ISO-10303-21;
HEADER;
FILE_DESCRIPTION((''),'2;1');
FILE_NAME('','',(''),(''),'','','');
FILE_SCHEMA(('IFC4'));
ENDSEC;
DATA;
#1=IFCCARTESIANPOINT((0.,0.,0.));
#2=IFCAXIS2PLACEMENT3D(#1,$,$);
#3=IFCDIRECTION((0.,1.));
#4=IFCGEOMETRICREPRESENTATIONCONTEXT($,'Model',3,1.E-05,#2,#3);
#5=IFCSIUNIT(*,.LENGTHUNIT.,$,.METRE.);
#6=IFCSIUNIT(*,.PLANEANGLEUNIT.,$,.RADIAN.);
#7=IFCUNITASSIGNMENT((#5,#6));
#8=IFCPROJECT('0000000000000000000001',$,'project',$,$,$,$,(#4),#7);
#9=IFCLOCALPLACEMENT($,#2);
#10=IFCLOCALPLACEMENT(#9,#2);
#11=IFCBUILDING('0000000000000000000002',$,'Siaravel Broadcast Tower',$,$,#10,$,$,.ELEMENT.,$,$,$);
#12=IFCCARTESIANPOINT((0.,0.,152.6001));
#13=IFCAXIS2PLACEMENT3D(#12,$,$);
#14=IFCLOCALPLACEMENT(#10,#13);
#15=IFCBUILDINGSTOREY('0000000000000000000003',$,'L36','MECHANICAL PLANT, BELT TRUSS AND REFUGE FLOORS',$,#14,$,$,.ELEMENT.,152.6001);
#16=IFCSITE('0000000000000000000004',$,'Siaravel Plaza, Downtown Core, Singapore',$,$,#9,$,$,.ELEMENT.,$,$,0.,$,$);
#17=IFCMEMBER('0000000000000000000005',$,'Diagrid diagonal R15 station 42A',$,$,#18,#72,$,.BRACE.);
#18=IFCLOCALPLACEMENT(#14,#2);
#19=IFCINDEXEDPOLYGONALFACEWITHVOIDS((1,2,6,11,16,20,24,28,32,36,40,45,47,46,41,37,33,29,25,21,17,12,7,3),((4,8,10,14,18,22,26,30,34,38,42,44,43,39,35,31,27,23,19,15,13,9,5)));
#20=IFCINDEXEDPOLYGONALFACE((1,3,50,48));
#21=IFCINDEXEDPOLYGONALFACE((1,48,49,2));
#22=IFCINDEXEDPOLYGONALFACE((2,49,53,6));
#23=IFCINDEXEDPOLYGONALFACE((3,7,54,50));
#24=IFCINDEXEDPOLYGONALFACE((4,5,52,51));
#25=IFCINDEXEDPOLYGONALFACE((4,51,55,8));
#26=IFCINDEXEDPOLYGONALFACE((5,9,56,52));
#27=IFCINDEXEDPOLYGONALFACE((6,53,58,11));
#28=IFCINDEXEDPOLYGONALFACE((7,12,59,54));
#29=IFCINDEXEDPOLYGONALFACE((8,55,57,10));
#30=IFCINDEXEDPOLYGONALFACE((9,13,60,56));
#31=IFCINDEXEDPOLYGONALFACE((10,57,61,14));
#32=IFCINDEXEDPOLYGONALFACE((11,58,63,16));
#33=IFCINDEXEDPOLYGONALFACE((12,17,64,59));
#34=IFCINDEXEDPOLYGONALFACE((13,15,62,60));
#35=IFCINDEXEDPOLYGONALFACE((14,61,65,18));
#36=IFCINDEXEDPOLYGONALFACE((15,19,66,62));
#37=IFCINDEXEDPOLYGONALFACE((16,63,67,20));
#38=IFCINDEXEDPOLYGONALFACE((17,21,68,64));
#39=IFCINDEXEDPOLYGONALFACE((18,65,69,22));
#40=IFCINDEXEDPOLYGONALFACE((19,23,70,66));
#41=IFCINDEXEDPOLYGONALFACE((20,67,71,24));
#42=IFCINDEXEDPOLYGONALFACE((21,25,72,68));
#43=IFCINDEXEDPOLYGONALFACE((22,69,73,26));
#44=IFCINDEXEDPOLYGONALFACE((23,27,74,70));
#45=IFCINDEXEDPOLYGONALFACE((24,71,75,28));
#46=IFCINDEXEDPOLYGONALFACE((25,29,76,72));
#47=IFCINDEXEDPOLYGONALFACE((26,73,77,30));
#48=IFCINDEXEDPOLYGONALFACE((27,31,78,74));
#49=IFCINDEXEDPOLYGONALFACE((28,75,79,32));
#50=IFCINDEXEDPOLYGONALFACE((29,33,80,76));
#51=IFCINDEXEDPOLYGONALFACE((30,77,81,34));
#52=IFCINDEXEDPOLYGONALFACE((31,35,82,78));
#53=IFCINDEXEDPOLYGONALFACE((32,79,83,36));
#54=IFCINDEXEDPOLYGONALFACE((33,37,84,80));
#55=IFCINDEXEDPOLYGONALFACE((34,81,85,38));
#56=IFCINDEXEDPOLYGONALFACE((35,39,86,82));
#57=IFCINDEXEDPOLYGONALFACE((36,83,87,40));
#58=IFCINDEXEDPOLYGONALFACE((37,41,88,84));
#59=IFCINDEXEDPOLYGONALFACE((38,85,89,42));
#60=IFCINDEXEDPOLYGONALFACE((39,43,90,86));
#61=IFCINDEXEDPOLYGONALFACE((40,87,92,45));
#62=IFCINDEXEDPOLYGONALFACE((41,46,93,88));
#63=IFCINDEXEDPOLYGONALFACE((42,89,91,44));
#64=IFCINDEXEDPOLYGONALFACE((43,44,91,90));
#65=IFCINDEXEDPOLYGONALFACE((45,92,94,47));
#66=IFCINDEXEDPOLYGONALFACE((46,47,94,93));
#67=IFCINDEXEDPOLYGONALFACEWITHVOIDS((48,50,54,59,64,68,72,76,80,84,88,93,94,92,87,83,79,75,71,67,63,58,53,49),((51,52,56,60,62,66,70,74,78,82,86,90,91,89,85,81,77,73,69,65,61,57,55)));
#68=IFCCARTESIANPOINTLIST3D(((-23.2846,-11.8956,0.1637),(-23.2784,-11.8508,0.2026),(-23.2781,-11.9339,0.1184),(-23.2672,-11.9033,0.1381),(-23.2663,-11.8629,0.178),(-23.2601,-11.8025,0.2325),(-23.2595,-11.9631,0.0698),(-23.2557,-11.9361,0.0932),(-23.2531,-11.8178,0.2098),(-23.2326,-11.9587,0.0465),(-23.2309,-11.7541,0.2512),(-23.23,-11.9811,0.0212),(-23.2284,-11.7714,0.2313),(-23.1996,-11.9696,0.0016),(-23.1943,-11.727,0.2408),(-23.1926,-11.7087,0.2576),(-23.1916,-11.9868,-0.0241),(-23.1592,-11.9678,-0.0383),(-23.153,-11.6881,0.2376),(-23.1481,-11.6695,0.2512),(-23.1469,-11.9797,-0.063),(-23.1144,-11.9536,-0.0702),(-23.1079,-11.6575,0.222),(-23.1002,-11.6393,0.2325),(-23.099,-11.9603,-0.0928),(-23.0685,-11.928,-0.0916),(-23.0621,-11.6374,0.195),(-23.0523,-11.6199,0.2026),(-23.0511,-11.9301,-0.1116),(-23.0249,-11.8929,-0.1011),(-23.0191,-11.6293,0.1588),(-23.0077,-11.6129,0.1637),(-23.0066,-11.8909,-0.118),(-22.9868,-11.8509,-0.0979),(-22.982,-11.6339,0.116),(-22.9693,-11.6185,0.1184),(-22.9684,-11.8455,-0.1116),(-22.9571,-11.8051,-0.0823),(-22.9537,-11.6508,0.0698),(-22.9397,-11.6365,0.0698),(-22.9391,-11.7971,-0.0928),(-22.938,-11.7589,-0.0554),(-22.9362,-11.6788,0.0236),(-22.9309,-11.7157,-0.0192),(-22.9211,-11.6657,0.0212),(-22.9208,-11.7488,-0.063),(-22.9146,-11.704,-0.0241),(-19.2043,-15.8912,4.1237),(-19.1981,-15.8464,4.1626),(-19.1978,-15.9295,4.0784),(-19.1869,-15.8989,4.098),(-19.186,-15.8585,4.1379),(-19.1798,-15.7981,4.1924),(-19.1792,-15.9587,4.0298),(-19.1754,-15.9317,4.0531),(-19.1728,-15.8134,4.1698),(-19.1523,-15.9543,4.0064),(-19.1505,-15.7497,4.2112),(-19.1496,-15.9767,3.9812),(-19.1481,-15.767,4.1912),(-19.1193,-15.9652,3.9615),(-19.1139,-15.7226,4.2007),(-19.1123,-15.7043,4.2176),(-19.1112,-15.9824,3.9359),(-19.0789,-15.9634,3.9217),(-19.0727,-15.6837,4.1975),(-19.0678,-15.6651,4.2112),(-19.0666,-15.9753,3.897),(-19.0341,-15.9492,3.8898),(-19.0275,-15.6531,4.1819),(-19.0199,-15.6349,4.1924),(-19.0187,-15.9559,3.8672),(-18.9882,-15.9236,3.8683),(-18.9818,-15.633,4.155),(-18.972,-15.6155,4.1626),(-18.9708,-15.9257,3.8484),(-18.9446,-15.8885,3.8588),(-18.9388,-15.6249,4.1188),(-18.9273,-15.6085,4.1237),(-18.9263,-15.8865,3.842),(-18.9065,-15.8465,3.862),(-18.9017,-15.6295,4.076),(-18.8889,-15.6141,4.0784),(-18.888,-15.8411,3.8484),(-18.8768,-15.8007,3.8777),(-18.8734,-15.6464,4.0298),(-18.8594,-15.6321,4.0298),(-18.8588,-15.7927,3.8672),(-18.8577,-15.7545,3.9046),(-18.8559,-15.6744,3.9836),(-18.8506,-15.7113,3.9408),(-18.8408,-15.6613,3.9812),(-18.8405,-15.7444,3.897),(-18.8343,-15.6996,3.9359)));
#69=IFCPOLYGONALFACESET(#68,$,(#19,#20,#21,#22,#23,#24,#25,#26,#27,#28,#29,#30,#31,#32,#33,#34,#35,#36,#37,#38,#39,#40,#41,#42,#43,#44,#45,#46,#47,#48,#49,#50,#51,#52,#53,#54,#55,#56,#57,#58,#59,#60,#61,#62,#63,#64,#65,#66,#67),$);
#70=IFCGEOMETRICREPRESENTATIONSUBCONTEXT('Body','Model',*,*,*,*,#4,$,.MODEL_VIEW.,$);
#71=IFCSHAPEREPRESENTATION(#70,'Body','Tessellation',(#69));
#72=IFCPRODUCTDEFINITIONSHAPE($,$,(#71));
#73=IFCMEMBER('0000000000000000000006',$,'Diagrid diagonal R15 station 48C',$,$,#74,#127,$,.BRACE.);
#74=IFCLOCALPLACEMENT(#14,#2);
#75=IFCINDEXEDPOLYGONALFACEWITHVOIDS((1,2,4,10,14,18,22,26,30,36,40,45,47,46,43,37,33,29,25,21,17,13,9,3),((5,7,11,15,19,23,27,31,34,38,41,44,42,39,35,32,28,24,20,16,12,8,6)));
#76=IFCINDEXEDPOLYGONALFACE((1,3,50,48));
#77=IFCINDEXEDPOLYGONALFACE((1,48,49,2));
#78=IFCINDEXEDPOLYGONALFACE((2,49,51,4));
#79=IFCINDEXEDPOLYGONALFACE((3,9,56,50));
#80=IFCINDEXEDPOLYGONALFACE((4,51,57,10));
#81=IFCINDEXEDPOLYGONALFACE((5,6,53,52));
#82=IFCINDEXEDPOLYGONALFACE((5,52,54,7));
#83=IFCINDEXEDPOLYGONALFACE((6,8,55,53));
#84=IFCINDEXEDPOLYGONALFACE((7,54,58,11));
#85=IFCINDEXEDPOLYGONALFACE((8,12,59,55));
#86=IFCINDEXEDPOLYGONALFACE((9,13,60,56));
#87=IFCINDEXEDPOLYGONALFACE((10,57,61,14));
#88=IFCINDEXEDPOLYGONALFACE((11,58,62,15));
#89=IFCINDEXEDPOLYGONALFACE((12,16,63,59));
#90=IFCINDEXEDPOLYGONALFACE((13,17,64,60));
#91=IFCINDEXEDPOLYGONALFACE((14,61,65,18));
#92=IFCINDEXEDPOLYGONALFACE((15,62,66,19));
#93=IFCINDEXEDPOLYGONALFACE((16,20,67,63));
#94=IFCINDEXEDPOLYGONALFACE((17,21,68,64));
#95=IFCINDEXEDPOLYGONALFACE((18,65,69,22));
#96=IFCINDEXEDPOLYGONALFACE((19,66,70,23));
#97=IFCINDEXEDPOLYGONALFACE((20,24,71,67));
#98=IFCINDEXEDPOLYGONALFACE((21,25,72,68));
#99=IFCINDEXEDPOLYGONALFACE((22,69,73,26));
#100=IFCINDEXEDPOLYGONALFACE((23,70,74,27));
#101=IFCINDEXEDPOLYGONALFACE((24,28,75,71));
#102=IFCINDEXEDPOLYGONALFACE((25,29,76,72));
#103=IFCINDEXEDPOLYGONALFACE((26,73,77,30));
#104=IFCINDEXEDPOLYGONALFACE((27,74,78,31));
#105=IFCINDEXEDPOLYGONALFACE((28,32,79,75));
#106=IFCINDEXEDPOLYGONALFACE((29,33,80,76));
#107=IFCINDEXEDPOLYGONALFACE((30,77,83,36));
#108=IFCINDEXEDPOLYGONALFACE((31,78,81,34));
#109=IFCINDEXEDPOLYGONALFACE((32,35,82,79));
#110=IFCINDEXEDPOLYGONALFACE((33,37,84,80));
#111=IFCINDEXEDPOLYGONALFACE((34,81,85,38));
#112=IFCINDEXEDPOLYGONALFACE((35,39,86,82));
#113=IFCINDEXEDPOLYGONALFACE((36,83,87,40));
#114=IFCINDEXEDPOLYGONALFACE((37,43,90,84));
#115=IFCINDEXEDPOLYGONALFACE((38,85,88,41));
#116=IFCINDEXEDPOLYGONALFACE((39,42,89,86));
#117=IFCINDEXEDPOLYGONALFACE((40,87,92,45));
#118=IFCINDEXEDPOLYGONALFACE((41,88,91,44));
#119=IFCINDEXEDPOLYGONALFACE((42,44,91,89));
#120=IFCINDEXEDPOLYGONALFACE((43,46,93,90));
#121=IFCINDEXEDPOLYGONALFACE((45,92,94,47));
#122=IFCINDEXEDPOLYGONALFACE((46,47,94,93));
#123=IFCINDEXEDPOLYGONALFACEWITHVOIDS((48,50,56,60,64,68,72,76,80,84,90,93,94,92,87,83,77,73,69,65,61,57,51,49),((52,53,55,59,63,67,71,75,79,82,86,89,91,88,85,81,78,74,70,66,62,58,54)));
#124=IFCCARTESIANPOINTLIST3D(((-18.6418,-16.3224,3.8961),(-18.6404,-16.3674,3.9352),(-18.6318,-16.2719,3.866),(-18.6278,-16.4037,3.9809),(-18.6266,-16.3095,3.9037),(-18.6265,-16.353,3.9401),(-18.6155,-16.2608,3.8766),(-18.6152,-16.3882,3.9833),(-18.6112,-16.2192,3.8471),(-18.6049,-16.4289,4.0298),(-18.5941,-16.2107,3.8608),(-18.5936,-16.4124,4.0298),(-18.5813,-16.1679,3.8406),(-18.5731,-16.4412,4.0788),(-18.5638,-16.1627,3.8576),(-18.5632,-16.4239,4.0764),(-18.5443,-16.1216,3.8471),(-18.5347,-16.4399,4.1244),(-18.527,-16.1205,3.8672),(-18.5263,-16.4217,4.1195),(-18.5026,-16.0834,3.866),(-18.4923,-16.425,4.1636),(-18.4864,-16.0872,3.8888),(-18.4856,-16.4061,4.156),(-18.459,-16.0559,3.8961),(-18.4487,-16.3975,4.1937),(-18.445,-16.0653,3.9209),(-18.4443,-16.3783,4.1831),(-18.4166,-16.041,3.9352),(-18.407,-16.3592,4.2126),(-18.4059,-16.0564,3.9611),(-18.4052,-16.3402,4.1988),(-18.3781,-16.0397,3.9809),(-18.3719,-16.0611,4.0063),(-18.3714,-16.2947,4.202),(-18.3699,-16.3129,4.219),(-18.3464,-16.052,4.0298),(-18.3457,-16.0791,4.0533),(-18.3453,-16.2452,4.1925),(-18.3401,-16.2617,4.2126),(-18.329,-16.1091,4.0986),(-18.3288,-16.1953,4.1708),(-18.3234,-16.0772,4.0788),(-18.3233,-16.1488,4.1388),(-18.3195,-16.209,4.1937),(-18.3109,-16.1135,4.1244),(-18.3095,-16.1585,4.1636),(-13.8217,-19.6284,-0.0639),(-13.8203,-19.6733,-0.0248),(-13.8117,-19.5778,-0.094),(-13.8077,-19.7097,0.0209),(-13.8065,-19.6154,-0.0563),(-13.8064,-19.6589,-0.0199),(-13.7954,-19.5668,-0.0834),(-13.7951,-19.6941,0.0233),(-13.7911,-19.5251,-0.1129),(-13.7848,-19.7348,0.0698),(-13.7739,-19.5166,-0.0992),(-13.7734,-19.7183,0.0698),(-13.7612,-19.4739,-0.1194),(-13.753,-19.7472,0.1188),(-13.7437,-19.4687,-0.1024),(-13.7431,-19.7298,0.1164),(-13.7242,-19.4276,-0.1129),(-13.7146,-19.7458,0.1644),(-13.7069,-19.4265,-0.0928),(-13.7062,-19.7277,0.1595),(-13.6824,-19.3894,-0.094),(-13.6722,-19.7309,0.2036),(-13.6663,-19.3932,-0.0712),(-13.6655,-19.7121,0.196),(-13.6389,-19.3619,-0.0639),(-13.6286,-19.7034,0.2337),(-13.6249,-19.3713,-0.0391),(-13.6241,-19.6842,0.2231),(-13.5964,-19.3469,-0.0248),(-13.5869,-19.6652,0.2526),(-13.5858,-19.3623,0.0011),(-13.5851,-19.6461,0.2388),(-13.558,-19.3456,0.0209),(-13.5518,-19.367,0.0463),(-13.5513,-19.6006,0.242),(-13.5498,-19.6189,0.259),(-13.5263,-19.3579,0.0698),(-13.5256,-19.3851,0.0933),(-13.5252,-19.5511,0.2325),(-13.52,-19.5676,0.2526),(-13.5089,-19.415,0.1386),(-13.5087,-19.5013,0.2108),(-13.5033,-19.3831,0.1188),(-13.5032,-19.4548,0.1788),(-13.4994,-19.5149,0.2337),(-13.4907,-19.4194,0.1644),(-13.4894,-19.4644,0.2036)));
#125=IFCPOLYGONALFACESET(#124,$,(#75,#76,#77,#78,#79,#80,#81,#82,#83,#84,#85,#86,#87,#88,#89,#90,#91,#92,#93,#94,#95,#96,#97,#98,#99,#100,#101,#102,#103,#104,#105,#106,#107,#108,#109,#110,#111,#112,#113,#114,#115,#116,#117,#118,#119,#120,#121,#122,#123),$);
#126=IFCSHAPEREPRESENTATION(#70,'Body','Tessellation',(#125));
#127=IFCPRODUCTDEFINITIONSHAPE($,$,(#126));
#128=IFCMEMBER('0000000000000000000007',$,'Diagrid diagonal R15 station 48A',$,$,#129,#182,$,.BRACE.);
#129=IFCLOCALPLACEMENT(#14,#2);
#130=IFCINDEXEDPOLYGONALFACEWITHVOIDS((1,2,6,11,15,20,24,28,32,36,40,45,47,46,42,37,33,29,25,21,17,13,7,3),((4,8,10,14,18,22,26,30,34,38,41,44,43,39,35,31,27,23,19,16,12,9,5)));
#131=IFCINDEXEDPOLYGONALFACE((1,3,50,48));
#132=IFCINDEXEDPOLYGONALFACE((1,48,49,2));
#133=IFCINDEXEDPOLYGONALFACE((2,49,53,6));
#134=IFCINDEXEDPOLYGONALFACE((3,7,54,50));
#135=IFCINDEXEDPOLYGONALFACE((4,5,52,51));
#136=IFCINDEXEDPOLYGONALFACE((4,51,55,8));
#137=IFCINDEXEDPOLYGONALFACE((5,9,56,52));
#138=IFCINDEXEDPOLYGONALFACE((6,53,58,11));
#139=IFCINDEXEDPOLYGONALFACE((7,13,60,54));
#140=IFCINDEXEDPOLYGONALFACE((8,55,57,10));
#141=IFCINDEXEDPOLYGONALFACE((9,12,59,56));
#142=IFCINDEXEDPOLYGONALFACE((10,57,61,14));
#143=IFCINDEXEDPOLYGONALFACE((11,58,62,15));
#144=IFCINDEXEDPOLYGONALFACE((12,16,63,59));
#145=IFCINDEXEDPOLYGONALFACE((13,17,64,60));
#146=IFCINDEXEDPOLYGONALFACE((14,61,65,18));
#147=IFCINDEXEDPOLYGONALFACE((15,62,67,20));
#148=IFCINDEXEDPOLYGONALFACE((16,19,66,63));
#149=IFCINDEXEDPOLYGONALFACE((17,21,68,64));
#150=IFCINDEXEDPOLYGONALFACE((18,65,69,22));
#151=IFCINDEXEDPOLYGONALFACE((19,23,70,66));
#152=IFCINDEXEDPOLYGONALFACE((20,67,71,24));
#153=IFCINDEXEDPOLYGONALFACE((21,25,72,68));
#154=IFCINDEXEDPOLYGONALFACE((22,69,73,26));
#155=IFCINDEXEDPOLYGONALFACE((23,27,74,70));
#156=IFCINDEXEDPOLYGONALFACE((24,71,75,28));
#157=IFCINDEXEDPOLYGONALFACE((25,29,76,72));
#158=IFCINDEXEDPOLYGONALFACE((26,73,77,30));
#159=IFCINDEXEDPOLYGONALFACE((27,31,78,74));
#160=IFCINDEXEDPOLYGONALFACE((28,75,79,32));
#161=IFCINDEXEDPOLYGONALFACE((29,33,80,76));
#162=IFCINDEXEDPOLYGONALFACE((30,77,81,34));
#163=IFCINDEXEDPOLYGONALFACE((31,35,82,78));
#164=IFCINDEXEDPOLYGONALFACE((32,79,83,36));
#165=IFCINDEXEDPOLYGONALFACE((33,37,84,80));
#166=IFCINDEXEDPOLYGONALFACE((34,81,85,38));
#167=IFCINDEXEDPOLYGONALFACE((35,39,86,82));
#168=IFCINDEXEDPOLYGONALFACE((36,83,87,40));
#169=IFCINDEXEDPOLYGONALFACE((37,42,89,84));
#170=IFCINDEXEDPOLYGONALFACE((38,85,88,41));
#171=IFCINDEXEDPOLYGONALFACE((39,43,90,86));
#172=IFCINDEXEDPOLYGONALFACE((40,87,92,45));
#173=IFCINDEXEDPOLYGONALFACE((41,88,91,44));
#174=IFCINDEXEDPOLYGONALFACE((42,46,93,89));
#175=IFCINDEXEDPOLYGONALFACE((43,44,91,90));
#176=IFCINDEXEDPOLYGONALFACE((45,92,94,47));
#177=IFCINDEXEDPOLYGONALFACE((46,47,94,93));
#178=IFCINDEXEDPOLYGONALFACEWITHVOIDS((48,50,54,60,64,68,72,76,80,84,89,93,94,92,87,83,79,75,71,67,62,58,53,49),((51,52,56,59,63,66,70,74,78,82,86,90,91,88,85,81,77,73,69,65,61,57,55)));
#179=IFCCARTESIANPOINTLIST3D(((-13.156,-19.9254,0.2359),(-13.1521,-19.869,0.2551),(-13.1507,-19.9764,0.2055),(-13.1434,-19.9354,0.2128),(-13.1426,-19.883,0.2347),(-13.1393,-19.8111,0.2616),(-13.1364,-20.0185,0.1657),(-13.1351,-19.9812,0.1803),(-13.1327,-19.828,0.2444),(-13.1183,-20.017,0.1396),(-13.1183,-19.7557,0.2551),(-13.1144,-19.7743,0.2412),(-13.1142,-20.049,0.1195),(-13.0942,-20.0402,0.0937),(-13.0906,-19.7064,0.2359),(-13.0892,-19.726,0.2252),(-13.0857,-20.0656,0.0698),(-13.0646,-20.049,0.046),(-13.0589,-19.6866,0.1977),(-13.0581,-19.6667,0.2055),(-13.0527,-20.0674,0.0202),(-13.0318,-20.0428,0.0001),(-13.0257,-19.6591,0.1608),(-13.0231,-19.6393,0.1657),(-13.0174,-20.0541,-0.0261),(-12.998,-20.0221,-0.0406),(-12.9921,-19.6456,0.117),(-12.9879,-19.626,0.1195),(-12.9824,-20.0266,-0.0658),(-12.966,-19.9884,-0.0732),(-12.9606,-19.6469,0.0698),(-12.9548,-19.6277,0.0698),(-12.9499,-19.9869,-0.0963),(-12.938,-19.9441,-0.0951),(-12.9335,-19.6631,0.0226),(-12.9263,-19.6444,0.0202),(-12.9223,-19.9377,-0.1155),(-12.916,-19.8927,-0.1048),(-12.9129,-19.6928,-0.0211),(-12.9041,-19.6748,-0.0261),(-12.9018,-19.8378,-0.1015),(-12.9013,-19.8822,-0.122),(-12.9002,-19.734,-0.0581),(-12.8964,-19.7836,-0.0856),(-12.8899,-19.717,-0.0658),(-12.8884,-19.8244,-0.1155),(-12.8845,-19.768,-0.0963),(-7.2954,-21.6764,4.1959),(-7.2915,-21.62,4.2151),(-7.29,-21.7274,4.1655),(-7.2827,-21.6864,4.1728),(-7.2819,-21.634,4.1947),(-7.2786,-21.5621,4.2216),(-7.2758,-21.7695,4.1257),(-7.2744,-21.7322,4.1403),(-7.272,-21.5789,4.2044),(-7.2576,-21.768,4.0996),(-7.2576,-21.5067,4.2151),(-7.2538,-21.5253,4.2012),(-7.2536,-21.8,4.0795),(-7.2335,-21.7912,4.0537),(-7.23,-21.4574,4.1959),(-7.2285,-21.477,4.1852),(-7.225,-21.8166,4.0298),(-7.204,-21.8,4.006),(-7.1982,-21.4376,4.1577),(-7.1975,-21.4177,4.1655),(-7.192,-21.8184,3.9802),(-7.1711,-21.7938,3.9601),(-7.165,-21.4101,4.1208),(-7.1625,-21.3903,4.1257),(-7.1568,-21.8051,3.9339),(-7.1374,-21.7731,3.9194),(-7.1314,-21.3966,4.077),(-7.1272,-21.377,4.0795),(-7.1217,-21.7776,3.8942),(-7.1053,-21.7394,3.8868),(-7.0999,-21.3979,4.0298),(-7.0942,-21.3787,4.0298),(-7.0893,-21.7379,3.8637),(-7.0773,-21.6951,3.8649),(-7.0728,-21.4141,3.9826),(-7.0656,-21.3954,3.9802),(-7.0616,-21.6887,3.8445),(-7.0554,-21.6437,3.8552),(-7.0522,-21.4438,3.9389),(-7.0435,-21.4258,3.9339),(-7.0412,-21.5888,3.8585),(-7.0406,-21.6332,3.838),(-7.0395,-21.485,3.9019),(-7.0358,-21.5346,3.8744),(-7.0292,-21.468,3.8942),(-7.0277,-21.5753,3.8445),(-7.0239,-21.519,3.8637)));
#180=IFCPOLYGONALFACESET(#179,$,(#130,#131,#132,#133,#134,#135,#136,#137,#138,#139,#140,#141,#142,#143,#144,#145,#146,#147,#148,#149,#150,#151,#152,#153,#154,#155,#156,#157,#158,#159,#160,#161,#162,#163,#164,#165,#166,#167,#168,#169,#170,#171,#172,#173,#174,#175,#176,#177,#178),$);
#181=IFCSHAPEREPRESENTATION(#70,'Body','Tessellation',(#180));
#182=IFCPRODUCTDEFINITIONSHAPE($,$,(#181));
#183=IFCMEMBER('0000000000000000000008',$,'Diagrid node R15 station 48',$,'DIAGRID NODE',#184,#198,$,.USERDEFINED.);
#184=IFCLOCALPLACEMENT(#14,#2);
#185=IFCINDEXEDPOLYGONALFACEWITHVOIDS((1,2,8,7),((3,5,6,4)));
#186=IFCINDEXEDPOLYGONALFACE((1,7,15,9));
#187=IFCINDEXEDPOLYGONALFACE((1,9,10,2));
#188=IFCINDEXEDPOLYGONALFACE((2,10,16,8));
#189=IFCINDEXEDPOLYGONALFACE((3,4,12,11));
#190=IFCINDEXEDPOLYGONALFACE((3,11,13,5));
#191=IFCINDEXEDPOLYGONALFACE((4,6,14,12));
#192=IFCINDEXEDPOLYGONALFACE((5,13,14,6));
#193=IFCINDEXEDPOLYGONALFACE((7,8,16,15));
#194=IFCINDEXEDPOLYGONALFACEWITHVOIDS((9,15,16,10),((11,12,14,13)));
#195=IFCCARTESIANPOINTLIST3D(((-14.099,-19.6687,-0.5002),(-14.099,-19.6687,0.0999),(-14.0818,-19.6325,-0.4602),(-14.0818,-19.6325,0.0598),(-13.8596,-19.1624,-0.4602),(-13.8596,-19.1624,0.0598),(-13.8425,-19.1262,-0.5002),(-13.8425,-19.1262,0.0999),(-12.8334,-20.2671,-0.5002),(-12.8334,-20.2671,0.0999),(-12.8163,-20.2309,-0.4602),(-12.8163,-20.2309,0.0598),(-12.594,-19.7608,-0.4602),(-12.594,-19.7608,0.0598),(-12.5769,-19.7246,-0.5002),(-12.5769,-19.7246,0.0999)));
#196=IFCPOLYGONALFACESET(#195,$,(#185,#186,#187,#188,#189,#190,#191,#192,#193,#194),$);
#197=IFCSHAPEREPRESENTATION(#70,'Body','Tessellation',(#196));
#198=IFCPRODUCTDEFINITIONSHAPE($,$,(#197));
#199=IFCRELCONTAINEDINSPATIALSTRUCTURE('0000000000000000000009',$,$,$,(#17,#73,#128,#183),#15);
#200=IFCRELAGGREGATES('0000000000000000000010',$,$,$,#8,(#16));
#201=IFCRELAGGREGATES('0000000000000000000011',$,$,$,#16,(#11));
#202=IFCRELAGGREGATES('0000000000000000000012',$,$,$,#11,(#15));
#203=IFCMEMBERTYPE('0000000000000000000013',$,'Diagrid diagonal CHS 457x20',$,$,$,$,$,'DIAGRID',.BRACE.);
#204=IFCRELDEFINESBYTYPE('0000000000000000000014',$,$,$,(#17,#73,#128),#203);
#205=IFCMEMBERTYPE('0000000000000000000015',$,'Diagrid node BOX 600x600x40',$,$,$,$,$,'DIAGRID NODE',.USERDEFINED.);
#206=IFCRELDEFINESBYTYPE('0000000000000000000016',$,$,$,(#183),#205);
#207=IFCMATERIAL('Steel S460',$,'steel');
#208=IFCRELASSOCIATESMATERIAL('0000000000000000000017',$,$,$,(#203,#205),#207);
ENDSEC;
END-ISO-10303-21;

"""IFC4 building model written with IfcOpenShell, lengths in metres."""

from ifc_helpers import new_model, si_unit, direction, frame, origin, origin_2d, place, context, subcontext, project, spatial, hollow_rectangle, hollow_circle, extrude, material, material_profile, profile_set, type_object, element, save


model = new_model("IFC4")

# Units and contexts
model_context = context("Model", 3, precision=1e-05, world=origin(), true_north=direction((0.0, 1.0)))
body_context = subcontext(model_context, "Body", "Model", "MODEL_VIEW")
ifc_project = project(units=[si_unit("LENGTHUNIT", "METRE"), si_unit("PLANEANGLEUNIT", "RADIAN")], contexts=[model_context])

# Site, building, storey
site_placement = place(None, origin())
site = spatial("IfcSite", under=ifc_project, at=site_placement, Name="Siaravel Plaza, Downtown Core, Singapore", CompositionType="ELEMENT", RefElevation=0.0)
building_placement = place(site_placement, origin())
building = spatial("IfcBuilding", under=site, at=building_placement, Name="Siaravel Broadcast Tower", CompositionType="ELEMENT")
storey_placement = place(building_placement, frame((0.0, 0.0, 152.6001)))
storey = spatial("IfcBuildingStorey", under=building, at=storey_placement, Name="L36", Description="MECHANICAL PLANT, BELT TRUSS AND REFUGE FLOORS", CompositionType="ELEMENT", Elevation=152.6001)

# Shared definitions
ifc_material_1 = material(Name="Steel S460", Category="steel")

# Members
ifc_material_profile_1 = material_profile(ifc_material_1, hollow_circle(Radius=0.2285, WallThickness=0.02, at=origin_2d()))
ifc_profile_set_1 = profile_set([ifc_material_profile_1], Name="Steel S460")
member_type_1 = type_object("IfcMemberType", Name="Diagrid diagonal CHS 457x20", ElementType="DIAGRID", PredefinedType="BRACE", material=ifc_profile_set_1)
member_1_placement = place(storey_placement, frame((-23.0996, -11.7998, 0.0698), z_axis=(0.587141, -0.574951, 0.569822), x_axis=(0.699651, 0.714485, 0.0)))
element("IfcMember", 1, at=member_1_placement, inside=storey, type_object=member_type_1, Name="Diagrid diagonal R15 station 42A", PredefinedType="BRACE", context=body_context, shape_type="SweptSolid", body=[
    extrude(hollow_circle(Radius=0.2285, WallThickness=0.02, at=origin_2d()), origin(), (0.0, 0.0, 1.0), 6.9495),
])
member_2_placement = place(storey_placement, frame((-13.6555, -19.5464, 0.0698), z_axis=(-0.682731, 0.46826, 0.560902), x_axis=(-0.565612, -0.824672, 0.0)))
element("IfcMember", 2, at=member_2_placement, inside=storey, type_object=member_type_1, Name="Diagrid diagonal R15 station 48C", PredefinedType="BRACE", context=body_context, shape_type="SweptSolid", body=[
    extrude(hollow_circle(Radius=0.2285, WallThickness=0.02, at=origin_2d()), origin(), (0.0, 0.0, 1.0), 7.0601),
])
member_3_placement = place(storey_placement, frame((-13.0203, -19.8467, 0.0698), z_axis=(0.804303, -0.240303, 0.543462), x_axis=(0.286267, 0.95815, 0.0)))
element("IfcMember", 3, at=member_3_placement, inside=storey, type_object=member_type_1, Name="Diagrid diagonal R15 station 48A", PredefinedType="BRACE", context=body_context, shape_type="SweptSolid", body=[
    extrude(hollow_circle(Radius=0.2285, WallThickness=0.02, at=origin_2d()), origin(), (0.0, 0.0, 1.0), 7.2866),
])
ifc_material_profile_2 = material_profile(ifc_material_1, hollow_rectangle(XDim=0.6001, YDim=0.6001, WallThickness=0.04, at=origin_2d()))
ifc_profile_set_2 = profile_set([ifc_material_profile_2], Name="Steel S460")
member_type_2 = type_object("IfcMemberType", Name="Diagrid node BOX 600x600x40", ElementType="DIAGRID NODE", PredefinedType="USERDEFINED", material=ifc_profile_set_2)
member_4_placement = place(storey_placement, frame((-13.9707, -19.3975, -0.2002), z_axis=(0.904047, -0.427434, 0.0), x_axis=(0.427434, 0.904047, 0.0)))
element("IfcMember", 4, at=member_4_placement, inside=storey, type_object=member_type_2, Name="Diagrid node R15 station 48", ObjectType="DIAGRID NODE", PredefinedType="USERDEFINED", context=body_context, shape_type="SweptSolid", body=[
    extrude(hollow_rectangle(XDim=0.6001, YDim=0.6001, WallThickness=0.04, at=origin_2d()), origin(), (0.0, 0.0, 1.0), 1.3999),
])

save(model, "model.ifc")
